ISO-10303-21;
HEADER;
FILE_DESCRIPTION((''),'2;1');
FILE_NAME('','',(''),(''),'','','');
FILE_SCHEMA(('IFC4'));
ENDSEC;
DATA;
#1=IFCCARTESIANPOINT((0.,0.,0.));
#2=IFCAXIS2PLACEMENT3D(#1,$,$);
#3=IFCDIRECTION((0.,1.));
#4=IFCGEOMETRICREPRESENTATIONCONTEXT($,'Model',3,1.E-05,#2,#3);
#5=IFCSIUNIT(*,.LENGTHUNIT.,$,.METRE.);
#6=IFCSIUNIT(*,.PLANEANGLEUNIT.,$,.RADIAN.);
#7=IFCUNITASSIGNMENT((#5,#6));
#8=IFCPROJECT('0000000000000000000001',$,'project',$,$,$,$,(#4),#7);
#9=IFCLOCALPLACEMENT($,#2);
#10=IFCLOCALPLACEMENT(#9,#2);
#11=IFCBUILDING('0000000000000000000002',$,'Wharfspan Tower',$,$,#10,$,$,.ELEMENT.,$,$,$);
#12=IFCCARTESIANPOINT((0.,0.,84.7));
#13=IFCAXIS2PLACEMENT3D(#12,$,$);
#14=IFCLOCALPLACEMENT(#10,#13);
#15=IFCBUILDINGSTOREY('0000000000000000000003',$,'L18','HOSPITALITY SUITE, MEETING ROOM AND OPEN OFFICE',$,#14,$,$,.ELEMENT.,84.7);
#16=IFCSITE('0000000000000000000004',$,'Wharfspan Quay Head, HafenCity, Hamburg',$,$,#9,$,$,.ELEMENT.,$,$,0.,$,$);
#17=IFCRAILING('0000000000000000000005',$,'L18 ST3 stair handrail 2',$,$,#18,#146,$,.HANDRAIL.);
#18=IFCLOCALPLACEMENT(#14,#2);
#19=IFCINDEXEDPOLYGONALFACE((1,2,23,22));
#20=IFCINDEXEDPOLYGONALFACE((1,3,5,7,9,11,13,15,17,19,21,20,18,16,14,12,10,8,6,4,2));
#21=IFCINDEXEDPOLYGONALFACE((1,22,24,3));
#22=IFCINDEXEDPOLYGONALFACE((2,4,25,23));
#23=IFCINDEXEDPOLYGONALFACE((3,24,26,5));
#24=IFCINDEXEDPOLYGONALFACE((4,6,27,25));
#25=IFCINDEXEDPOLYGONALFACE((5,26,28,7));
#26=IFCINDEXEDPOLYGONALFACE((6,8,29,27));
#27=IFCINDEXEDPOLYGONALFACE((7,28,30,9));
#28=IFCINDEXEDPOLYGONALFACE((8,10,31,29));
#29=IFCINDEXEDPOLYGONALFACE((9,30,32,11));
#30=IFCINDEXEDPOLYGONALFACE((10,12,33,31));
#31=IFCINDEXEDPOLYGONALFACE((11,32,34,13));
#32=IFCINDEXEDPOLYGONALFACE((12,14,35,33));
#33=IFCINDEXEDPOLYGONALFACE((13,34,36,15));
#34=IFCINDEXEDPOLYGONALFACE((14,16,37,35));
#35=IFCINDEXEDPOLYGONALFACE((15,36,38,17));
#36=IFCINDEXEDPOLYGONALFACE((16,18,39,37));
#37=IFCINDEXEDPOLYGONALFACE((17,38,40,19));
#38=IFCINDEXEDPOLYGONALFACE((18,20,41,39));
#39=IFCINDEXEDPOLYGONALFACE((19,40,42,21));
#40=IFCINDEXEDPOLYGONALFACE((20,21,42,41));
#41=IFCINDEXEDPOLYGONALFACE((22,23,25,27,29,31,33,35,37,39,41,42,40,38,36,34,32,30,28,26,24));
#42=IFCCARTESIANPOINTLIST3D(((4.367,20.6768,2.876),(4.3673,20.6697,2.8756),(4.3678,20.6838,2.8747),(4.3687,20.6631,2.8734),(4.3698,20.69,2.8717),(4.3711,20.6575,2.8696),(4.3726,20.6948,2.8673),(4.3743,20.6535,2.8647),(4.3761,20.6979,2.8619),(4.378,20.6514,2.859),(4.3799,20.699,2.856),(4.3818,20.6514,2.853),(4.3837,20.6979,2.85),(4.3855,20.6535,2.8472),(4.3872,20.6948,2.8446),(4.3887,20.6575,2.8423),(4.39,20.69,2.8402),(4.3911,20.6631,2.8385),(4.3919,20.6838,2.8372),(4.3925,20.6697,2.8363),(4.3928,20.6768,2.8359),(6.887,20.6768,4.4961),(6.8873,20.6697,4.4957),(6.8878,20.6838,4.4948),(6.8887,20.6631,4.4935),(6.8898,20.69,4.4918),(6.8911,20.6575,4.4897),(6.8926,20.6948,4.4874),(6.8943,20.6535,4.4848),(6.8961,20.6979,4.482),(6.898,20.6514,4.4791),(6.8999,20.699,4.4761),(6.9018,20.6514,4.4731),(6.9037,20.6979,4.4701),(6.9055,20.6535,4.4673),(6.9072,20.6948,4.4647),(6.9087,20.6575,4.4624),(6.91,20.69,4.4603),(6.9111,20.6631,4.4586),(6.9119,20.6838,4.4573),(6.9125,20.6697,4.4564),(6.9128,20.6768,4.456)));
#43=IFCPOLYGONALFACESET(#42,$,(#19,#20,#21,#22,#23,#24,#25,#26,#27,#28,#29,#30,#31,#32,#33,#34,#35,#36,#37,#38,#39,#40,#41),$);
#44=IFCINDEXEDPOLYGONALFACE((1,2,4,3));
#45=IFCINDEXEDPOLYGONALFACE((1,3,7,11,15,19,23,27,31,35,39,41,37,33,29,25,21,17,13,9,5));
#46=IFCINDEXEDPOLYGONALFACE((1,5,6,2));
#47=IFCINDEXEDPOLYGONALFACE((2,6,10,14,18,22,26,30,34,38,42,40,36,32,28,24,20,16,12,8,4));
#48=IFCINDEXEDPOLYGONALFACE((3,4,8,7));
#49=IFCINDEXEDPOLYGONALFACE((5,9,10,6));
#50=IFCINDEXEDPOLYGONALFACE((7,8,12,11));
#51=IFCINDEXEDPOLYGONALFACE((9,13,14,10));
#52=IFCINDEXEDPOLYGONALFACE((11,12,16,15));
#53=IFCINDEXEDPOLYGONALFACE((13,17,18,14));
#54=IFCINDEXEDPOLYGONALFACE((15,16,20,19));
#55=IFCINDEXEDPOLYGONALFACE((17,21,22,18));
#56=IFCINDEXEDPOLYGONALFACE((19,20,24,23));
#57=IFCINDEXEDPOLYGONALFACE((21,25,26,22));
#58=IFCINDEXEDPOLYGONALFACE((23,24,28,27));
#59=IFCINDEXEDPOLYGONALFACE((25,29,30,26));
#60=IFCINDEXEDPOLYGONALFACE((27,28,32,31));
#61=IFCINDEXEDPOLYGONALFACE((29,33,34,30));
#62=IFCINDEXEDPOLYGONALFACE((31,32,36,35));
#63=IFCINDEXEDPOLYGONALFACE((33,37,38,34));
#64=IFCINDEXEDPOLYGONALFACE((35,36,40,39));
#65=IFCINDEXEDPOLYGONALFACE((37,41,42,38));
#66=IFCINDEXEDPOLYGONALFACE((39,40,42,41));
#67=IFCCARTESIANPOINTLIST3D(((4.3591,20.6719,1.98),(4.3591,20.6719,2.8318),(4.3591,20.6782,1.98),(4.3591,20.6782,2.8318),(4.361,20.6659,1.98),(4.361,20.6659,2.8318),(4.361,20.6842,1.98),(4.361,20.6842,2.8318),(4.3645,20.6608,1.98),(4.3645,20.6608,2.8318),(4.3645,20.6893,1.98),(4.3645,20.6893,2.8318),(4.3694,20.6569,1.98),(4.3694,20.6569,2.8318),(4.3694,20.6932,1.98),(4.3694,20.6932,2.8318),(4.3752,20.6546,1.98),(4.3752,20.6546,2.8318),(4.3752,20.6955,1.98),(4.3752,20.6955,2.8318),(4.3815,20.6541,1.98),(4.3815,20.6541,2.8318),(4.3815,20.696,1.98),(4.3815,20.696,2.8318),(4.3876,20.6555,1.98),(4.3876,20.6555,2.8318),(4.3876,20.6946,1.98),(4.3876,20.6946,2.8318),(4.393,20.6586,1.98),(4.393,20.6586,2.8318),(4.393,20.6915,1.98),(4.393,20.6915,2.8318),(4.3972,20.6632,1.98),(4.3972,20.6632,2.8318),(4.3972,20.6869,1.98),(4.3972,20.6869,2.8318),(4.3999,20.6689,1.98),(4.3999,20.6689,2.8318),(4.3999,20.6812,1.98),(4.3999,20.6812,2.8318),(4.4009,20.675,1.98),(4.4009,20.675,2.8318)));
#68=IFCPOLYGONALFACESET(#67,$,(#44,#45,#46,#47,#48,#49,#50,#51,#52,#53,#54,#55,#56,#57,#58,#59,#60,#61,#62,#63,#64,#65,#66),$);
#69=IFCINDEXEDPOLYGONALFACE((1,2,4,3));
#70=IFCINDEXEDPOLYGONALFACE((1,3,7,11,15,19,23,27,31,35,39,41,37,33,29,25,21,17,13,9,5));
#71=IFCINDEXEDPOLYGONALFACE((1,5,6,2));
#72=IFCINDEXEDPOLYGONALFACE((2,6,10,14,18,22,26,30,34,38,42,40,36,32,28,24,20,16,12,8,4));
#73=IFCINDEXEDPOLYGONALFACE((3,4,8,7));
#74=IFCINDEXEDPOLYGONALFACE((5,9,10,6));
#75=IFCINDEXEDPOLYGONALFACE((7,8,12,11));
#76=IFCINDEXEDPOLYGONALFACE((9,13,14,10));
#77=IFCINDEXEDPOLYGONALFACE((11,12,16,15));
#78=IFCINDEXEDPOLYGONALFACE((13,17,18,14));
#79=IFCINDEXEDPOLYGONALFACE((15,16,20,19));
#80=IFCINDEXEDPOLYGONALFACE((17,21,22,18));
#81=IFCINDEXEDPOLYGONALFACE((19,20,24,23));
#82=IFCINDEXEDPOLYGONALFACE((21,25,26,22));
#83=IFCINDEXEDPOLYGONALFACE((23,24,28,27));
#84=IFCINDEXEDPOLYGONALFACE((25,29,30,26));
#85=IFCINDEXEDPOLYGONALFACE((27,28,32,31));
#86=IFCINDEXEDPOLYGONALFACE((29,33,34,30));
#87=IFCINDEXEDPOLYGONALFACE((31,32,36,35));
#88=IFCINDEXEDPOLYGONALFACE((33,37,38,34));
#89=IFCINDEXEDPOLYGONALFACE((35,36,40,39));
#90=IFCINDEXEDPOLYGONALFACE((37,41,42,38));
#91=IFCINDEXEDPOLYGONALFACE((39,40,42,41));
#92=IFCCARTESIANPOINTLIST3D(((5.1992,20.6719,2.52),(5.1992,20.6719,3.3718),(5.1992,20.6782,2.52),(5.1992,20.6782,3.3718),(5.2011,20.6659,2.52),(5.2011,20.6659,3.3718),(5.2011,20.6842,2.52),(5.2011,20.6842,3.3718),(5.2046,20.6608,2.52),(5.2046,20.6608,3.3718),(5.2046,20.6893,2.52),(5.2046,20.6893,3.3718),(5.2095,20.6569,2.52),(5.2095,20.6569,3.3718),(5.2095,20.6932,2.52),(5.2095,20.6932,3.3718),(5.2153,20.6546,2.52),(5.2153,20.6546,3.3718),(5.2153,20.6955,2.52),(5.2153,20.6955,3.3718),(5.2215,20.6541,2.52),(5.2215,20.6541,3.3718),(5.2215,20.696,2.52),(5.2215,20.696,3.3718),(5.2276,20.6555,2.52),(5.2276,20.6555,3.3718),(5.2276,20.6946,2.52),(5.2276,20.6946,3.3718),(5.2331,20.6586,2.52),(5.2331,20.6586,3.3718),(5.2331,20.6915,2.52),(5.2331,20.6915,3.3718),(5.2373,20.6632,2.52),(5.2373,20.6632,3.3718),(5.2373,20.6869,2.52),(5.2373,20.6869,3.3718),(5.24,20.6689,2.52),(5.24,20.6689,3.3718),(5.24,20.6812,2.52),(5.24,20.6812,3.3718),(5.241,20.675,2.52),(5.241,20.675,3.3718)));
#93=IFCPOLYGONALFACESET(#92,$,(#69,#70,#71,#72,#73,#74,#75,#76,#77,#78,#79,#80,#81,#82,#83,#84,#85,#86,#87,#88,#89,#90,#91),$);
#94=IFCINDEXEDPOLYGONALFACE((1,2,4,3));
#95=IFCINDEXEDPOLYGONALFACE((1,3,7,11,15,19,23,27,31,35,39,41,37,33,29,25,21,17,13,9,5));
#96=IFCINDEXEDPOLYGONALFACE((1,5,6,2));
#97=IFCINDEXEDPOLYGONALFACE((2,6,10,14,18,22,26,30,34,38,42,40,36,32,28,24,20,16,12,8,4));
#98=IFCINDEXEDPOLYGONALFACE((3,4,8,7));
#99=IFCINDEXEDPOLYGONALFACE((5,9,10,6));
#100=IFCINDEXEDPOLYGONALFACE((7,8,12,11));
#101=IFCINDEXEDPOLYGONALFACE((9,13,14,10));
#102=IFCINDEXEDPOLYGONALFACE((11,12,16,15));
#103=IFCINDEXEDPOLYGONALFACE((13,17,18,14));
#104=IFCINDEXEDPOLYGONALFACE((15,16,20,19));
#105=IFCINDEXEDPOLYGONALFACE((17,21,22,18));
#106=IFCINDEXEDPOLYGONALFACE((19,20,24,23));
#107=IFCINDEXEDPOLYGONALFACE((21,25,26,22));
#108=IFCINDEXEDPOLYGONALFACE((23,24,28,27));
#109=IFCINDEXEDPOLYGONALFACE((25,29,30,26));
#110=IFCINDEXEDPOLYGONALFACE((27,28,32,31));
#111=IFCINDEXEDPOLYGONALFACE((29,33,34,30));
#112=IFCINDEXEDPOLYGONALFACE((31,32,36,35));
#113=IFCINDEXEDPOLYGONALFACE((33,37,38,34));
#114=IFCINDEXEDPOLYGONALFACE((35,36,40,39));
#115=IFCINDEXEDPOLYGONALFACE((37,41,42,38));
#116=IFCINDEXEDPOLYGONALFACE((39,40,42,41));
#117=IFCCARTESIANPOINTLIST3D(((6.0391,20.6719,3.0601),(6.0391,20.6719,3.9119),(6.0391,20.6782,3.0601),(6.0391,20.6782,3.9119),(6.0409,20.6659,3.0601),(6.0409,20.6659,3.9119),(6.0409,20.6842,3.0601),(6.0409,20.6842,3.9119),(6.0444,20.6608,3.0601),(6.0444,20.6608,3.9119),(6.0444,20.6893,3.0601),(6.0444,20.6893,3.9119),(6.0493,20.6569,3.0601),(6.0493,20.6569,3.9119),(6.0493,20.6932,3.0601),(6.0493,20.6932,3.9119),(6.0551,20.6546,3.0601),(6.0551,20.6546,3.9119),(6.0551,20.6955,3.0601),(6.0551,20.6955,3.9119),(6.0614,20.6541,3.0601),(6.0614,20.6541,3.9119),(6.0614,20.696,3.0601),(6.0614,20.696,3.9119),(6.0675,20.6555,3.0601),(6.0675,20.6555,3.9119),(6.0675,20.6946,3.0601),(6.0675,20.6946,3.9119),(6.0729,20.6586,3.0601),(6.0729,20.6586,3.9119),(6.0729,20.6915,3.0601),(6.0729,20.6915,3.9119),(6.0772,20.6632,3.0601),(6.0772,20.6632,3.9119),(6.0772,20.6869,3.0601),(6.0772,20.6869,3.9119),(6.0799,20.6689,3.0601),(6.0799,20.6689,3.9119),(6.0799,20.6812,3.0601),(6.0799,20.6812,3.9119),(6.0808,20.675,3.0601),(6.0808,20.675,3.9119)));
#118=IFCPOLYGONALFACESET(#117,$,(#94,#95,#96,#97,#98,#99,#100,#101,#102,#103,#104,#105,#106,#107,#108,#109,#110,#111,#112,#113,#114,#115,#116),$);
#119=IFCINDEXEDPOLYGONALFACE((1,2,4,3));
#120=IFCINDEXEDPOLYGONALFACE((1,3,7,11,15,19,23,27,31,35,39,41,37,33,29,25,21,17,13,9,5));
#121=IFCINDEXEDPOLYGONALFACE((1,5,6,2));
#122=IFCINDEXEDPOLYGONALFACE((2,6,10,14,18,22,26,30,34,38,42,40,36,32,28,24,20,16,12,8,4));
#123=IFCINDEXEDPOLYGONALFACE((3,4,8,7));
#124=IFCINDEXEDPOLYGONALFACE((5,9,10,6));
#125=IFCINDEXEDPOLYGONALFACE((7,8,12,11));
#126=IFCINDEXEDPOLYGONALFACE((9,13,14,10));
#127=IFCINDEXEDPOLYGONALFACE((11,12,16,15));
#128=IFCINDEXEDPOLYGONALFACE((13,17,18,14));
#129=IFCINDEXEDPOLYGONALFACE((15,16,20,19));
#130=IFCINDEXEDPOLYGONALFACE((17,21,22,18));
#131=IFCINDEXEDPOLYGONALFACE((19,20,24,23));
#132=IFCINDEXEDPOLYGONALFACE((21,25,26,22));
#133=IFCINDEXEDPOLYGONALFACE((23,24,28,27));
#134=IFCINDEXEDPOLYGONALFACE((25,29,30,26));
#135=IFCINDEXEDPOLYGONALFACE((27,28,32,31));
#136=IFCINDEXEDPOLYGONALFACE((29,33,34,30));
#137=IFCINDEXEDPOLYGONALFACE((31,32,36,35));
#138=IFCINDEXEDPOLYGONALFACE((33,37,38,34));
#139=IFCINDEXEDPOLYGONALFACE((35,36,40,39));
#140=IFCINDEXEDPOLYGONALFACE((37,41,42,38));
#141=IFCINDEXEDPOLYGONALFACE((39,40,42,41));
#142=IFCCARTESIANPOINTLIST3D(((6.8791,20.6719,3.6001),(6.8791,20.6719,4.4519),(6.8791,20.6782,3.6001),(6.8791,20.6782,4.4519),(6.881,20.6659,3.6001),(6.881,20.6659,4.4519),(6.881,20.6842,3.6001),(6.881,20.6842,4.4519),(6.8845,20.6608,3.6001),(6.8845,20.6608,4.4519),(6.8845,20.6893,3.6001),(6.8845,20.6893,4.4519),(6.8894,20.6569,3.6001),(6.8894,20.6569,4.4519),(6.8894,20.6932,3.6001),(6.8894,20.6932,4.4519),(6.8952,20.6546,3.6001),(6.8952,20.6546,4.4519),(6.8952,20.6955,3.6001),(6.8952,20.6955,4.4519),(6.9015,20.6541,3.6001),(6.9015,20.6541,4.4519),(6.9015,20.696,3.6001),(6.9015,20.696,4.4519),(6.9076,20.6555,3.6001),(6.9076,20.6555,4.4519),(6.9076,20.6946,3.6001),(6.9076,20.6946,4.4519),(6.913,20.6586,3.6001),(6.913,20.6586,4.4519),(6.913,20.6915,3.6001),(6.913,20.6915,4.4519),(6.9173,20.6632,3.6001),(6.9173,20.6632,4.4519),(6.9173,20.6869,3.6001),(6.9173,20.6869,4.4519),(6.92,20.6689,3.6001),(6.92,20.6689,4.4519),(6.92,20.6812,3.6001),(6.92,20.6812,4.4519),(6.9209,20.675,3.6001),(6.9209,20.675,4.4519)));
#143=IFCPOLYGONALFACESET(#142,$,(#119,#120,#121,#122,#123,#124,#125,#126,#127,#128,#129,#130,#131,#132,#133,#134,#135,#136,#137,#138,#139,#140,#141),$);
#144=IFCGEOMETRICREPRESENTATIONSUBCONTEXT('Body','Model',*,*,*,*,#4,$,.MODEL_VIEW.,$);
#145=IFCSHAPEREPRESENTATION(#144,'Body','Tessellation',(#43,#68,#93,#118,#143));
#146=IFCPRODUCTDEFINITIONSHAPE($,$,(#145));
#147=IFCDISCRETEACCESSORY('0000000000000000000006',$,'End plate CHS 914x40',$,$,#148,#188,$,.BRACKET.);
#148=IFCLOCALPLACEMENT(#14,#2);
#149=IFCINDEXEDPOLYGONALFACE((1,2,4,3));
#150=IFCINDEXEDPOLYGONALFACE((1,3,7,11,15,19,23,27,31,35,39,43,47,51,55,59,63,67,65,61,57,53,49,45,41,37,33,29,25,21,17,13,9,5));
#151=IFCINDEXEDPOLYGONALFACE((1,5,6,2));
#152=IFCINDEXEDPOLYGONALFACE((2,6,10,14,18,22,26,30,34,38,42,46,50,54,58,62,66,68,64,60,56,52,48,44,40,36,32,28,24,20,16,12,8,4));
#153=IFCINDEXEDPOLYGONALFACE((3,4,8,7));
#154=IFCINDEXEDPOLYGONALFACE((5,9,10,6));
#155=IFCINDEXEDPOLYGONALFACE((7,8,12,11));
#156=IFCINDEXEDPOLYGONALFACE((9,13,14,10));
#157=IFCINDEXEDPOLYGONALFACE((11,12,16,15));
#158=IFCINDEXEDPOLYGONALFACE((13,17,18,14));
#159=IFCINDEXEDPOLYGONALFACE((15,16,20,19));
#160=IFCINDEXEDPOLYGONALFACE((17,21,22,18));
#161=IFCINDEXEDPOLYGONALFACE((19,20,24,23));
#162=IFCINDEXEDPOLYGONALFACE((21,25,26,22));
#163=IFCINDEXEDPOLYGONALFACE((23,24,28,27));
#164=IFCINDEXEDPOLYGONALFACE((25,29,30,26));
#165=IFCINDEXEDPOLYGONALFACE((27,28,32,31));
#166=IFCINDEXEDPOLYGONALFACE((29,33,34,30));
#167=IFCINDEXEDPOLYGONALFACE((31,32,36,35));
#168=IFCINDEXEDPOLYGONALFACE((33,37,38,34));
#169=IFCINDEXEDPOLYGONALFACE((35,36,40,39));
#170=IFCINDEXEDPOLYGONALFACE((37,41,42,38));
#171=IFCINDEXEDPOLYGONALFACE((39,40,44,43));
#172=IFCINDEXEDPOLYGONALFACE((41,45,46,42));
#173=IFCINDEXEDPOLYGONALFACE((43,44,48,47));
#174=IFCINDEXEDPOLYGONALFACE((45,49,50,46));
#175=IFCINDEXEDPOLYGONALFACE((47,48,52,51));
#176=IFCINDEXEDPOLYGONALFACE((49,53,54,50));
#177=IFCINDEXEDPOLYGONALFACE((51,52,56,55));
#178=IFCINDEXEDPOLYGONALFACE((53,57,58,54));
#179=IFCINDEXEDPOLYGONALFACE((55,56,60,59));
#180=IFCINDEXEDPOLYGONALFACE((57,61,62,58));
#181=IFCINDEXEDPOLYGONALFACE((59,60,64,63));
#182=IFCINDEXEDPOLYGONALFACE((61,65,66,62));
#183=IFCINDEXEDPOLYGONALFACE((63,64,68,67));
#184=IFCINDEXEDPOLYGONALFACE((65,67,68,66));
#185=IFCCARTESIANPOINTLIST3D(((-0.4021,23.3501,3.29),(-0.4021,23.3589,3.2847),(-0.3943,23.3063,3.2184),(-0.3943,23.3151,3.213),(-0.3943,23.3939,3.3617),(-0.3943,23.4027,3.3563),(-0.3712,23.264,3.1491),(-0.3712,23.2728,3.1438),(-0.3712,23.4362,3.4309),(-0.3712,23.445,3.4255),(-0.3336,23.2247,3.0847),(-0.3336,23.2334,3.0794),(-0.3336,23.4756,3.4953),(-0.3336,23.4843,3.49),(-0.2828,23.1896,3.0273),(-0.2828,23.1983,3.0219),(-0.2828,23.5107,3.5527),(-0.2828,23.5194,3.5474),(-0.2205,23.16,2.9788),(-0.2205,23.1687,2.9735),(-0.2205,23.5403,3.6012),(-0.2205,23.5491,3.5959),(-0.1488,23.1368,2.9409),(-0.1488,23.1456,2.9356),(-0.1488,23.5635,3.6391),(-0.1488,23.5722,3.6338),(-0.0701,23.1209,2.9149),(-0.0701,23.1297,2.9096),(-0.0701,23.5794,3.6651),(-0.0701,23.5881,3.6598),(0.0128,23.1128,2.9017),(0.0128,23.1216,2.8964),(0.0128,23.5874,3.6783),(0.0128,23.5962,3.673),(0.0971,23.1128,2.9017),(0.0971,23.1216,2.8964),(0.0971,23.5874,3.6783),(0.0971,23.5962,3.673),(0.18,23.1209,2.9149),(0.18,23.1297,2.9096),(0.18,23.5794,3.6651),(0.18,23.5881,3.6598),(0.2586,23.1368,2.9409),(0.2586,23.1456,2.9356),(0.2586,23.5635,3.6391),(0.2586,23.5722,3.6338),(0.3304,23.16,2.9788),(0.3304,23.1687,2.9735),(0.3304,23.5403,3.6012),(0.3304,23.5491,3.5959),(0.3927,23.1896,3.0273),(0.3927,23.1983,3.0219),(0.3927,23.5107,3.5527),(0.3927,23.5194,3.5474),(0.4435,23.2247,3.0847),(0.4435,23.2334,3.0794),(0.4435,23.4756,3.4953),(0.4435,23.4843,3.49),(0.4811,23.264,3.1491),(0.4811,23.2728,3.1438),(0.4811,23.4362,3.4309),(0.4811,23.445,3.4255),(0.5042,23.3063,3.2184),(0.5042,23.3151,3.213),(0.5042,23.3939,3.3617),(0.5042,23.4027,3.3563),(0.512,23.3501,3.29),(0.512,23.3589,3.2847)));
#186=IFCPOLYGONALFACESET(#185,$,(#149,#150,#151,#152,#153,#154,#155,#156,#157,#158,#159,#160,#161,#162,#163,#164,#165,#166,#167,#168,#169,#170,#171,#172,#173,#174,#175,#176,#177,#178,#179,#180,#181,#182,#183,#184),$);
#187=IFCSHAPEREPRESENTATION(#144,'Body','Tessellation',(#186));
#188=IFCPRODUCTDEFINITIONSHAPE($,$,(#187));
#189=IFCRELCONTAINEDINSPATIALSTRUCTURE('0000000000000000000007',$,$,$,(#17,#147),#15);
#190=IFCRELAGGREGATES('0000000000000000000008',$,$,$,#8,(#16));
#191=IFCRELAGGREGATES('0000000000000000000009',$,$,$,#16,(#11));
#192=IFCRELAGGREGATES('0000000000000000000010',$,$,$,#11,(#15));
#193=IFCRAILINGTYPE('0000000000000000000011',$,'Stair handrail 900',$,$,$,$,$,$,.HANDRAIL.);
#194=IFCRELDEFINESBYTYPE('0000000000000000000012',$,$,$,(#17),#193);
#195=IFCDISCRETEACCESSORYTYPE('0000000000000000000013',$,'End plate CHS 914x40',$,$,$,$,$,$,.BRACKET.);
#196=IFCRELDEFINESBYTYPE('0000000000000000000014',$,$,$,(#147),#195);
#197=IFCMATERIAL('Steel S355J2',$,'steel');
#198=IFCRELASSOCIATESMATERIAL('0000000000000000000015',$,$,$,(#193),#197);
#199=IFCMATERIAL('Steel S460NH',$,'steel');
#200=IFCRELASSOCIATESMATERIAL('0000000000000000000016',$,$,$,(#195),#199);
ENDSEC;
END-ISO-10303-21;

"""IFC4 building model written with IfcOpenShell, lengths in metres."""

from ifc_helpers import new_model, si_unit, direction, frame, origin, origin_2d, place, context, subcontext, project, spatial, circle, extrude, material, material_profile, profile_set, type_object, element, save


model = new_model("IFC4")

# Units and contexts
model_context = context("Model", 3, precision=1e-05, world=origin(), true_north=direction((0.0, 1.0)))
body_context = subcontext(model_context, "Body", "Model", "MODEL_VIEW")
ifc_project = project(units=[si_unit("LENGTHUNIT", "METRE"), si_unit("PLANEANGLEUNIT", "RADIAN")], contexts=[model_context])

# Site, building, storey
site_placement = place(None, origin())
site = spatial("IfcSite", under=ifc_project, at=site_placement, Name="Wharfspan Quay Head, HafenCity, Hamburg", CompositionType="ELEMENT", RefElevation=0.0)
building_placement = place(site_placement, origin())
building = spatial("IfcBuilding", under=site, at=building_placement, Name="Wharfspan Tower", CompositionType="ELEMENT")
storey_placement = place(building_placement, frame((0.0, 0.0, 84.7)))
storey = spatial("IfcBuildingStorey", under=building, at=storey_placement, Name="L18", Description="HOSPITALITY SUITE, MEETING ROOM AND OPEN OFFICE", CompositionType="ELEMENT", Elevation=84.7)

# Shared definitions
ifc_material_1 = material(Name="Steel S355J2", Category="steel")

# Shared definitions
ifc_material_2 = material(Name="Steel S460NH", Category="steel")

# Railing
railing_type_1 = type_object("IfcRailingType", Name="Stair handrail 900", PredefinedType="HANDRAIL", material=ifc_material_1)
railing_1_placement = place(storey_placement, frame((4.3799, 20.675, 1.98)))
element("IfcRailing", 1, at=railing_1_placement, inside=storey, type_object=railing_type_1, Name="L18 ST3 stair handrail 2", PredefinedType="HANDRAIL", context=body_context, shape_type="SweptSolid", body=[
    extrude(circle(Radius=0.0239, at=origin_2d()), frame((0.0, 0.0, 0.876), z_axis=(0.841163, 0.0, 0.540782), x_axis=(0.0, 1.0, 0.0)), (0.0, 0.0, 1.0), 2.9958),
    extrude(circle(Radius=0.021, at=origin_2d()), origin(), (0.0, 0.0, 1.0), 0.8518),
    extrude(circle(Radius=0.021, at=origin_2d()), frame((0.8401, 0.0, 0.54)), (0.0, 0.0, 1.0), 0.8518),
    extrude(circle(Radius=0.021, at=origin_2d()), frame((1.6799, 0.0, 1.0801)), (0.0, 0.0, 1.0), 0.8518),
    extrude(circle(Radius=0.021, at=origin_2d()), frame((2.52, 0.0, 1.6201)), (0.0, 0.0, 1.0), 0.8518),
])

# Discrete accessory
ifc_material_profile_1 = material_profile(ifc_material_2, circle(Radius=0.457, at=origin_2d()))
ifc_profile_set_1 = profile_set([ifc_material_profile_1], Name="Steel S460NH")
discrete_accessory_type = type_object("IfcDiscreteAccessoryType", Name="End plate CHS 914x40", PredefinedType="BRACKET", material=ifc_profile_set_1)
discrete_accessory_1_placement = place(storey_placement, frame((0.0549, 23.3589, 3.2847), z_axis=(0.0, -0.853282, 0.52145), x_axis=(1.0, 0.0, 0.0)))
element("IfcDiscreteAccessory", 2, at=discrete_accessory_1_placement, inside=storey, type_object=discrete_accessory_type, Name="End plate CHS 914x40", PredefinedType="BRACKET", context=body_context, shape_type="SweptSolid", body=[
    extrude(circle(Radius=0.457, at=origin_2d()), origin(), (0.0, 0.0, 1.0), 0.0103),
])

save(model, "model.ifc")
